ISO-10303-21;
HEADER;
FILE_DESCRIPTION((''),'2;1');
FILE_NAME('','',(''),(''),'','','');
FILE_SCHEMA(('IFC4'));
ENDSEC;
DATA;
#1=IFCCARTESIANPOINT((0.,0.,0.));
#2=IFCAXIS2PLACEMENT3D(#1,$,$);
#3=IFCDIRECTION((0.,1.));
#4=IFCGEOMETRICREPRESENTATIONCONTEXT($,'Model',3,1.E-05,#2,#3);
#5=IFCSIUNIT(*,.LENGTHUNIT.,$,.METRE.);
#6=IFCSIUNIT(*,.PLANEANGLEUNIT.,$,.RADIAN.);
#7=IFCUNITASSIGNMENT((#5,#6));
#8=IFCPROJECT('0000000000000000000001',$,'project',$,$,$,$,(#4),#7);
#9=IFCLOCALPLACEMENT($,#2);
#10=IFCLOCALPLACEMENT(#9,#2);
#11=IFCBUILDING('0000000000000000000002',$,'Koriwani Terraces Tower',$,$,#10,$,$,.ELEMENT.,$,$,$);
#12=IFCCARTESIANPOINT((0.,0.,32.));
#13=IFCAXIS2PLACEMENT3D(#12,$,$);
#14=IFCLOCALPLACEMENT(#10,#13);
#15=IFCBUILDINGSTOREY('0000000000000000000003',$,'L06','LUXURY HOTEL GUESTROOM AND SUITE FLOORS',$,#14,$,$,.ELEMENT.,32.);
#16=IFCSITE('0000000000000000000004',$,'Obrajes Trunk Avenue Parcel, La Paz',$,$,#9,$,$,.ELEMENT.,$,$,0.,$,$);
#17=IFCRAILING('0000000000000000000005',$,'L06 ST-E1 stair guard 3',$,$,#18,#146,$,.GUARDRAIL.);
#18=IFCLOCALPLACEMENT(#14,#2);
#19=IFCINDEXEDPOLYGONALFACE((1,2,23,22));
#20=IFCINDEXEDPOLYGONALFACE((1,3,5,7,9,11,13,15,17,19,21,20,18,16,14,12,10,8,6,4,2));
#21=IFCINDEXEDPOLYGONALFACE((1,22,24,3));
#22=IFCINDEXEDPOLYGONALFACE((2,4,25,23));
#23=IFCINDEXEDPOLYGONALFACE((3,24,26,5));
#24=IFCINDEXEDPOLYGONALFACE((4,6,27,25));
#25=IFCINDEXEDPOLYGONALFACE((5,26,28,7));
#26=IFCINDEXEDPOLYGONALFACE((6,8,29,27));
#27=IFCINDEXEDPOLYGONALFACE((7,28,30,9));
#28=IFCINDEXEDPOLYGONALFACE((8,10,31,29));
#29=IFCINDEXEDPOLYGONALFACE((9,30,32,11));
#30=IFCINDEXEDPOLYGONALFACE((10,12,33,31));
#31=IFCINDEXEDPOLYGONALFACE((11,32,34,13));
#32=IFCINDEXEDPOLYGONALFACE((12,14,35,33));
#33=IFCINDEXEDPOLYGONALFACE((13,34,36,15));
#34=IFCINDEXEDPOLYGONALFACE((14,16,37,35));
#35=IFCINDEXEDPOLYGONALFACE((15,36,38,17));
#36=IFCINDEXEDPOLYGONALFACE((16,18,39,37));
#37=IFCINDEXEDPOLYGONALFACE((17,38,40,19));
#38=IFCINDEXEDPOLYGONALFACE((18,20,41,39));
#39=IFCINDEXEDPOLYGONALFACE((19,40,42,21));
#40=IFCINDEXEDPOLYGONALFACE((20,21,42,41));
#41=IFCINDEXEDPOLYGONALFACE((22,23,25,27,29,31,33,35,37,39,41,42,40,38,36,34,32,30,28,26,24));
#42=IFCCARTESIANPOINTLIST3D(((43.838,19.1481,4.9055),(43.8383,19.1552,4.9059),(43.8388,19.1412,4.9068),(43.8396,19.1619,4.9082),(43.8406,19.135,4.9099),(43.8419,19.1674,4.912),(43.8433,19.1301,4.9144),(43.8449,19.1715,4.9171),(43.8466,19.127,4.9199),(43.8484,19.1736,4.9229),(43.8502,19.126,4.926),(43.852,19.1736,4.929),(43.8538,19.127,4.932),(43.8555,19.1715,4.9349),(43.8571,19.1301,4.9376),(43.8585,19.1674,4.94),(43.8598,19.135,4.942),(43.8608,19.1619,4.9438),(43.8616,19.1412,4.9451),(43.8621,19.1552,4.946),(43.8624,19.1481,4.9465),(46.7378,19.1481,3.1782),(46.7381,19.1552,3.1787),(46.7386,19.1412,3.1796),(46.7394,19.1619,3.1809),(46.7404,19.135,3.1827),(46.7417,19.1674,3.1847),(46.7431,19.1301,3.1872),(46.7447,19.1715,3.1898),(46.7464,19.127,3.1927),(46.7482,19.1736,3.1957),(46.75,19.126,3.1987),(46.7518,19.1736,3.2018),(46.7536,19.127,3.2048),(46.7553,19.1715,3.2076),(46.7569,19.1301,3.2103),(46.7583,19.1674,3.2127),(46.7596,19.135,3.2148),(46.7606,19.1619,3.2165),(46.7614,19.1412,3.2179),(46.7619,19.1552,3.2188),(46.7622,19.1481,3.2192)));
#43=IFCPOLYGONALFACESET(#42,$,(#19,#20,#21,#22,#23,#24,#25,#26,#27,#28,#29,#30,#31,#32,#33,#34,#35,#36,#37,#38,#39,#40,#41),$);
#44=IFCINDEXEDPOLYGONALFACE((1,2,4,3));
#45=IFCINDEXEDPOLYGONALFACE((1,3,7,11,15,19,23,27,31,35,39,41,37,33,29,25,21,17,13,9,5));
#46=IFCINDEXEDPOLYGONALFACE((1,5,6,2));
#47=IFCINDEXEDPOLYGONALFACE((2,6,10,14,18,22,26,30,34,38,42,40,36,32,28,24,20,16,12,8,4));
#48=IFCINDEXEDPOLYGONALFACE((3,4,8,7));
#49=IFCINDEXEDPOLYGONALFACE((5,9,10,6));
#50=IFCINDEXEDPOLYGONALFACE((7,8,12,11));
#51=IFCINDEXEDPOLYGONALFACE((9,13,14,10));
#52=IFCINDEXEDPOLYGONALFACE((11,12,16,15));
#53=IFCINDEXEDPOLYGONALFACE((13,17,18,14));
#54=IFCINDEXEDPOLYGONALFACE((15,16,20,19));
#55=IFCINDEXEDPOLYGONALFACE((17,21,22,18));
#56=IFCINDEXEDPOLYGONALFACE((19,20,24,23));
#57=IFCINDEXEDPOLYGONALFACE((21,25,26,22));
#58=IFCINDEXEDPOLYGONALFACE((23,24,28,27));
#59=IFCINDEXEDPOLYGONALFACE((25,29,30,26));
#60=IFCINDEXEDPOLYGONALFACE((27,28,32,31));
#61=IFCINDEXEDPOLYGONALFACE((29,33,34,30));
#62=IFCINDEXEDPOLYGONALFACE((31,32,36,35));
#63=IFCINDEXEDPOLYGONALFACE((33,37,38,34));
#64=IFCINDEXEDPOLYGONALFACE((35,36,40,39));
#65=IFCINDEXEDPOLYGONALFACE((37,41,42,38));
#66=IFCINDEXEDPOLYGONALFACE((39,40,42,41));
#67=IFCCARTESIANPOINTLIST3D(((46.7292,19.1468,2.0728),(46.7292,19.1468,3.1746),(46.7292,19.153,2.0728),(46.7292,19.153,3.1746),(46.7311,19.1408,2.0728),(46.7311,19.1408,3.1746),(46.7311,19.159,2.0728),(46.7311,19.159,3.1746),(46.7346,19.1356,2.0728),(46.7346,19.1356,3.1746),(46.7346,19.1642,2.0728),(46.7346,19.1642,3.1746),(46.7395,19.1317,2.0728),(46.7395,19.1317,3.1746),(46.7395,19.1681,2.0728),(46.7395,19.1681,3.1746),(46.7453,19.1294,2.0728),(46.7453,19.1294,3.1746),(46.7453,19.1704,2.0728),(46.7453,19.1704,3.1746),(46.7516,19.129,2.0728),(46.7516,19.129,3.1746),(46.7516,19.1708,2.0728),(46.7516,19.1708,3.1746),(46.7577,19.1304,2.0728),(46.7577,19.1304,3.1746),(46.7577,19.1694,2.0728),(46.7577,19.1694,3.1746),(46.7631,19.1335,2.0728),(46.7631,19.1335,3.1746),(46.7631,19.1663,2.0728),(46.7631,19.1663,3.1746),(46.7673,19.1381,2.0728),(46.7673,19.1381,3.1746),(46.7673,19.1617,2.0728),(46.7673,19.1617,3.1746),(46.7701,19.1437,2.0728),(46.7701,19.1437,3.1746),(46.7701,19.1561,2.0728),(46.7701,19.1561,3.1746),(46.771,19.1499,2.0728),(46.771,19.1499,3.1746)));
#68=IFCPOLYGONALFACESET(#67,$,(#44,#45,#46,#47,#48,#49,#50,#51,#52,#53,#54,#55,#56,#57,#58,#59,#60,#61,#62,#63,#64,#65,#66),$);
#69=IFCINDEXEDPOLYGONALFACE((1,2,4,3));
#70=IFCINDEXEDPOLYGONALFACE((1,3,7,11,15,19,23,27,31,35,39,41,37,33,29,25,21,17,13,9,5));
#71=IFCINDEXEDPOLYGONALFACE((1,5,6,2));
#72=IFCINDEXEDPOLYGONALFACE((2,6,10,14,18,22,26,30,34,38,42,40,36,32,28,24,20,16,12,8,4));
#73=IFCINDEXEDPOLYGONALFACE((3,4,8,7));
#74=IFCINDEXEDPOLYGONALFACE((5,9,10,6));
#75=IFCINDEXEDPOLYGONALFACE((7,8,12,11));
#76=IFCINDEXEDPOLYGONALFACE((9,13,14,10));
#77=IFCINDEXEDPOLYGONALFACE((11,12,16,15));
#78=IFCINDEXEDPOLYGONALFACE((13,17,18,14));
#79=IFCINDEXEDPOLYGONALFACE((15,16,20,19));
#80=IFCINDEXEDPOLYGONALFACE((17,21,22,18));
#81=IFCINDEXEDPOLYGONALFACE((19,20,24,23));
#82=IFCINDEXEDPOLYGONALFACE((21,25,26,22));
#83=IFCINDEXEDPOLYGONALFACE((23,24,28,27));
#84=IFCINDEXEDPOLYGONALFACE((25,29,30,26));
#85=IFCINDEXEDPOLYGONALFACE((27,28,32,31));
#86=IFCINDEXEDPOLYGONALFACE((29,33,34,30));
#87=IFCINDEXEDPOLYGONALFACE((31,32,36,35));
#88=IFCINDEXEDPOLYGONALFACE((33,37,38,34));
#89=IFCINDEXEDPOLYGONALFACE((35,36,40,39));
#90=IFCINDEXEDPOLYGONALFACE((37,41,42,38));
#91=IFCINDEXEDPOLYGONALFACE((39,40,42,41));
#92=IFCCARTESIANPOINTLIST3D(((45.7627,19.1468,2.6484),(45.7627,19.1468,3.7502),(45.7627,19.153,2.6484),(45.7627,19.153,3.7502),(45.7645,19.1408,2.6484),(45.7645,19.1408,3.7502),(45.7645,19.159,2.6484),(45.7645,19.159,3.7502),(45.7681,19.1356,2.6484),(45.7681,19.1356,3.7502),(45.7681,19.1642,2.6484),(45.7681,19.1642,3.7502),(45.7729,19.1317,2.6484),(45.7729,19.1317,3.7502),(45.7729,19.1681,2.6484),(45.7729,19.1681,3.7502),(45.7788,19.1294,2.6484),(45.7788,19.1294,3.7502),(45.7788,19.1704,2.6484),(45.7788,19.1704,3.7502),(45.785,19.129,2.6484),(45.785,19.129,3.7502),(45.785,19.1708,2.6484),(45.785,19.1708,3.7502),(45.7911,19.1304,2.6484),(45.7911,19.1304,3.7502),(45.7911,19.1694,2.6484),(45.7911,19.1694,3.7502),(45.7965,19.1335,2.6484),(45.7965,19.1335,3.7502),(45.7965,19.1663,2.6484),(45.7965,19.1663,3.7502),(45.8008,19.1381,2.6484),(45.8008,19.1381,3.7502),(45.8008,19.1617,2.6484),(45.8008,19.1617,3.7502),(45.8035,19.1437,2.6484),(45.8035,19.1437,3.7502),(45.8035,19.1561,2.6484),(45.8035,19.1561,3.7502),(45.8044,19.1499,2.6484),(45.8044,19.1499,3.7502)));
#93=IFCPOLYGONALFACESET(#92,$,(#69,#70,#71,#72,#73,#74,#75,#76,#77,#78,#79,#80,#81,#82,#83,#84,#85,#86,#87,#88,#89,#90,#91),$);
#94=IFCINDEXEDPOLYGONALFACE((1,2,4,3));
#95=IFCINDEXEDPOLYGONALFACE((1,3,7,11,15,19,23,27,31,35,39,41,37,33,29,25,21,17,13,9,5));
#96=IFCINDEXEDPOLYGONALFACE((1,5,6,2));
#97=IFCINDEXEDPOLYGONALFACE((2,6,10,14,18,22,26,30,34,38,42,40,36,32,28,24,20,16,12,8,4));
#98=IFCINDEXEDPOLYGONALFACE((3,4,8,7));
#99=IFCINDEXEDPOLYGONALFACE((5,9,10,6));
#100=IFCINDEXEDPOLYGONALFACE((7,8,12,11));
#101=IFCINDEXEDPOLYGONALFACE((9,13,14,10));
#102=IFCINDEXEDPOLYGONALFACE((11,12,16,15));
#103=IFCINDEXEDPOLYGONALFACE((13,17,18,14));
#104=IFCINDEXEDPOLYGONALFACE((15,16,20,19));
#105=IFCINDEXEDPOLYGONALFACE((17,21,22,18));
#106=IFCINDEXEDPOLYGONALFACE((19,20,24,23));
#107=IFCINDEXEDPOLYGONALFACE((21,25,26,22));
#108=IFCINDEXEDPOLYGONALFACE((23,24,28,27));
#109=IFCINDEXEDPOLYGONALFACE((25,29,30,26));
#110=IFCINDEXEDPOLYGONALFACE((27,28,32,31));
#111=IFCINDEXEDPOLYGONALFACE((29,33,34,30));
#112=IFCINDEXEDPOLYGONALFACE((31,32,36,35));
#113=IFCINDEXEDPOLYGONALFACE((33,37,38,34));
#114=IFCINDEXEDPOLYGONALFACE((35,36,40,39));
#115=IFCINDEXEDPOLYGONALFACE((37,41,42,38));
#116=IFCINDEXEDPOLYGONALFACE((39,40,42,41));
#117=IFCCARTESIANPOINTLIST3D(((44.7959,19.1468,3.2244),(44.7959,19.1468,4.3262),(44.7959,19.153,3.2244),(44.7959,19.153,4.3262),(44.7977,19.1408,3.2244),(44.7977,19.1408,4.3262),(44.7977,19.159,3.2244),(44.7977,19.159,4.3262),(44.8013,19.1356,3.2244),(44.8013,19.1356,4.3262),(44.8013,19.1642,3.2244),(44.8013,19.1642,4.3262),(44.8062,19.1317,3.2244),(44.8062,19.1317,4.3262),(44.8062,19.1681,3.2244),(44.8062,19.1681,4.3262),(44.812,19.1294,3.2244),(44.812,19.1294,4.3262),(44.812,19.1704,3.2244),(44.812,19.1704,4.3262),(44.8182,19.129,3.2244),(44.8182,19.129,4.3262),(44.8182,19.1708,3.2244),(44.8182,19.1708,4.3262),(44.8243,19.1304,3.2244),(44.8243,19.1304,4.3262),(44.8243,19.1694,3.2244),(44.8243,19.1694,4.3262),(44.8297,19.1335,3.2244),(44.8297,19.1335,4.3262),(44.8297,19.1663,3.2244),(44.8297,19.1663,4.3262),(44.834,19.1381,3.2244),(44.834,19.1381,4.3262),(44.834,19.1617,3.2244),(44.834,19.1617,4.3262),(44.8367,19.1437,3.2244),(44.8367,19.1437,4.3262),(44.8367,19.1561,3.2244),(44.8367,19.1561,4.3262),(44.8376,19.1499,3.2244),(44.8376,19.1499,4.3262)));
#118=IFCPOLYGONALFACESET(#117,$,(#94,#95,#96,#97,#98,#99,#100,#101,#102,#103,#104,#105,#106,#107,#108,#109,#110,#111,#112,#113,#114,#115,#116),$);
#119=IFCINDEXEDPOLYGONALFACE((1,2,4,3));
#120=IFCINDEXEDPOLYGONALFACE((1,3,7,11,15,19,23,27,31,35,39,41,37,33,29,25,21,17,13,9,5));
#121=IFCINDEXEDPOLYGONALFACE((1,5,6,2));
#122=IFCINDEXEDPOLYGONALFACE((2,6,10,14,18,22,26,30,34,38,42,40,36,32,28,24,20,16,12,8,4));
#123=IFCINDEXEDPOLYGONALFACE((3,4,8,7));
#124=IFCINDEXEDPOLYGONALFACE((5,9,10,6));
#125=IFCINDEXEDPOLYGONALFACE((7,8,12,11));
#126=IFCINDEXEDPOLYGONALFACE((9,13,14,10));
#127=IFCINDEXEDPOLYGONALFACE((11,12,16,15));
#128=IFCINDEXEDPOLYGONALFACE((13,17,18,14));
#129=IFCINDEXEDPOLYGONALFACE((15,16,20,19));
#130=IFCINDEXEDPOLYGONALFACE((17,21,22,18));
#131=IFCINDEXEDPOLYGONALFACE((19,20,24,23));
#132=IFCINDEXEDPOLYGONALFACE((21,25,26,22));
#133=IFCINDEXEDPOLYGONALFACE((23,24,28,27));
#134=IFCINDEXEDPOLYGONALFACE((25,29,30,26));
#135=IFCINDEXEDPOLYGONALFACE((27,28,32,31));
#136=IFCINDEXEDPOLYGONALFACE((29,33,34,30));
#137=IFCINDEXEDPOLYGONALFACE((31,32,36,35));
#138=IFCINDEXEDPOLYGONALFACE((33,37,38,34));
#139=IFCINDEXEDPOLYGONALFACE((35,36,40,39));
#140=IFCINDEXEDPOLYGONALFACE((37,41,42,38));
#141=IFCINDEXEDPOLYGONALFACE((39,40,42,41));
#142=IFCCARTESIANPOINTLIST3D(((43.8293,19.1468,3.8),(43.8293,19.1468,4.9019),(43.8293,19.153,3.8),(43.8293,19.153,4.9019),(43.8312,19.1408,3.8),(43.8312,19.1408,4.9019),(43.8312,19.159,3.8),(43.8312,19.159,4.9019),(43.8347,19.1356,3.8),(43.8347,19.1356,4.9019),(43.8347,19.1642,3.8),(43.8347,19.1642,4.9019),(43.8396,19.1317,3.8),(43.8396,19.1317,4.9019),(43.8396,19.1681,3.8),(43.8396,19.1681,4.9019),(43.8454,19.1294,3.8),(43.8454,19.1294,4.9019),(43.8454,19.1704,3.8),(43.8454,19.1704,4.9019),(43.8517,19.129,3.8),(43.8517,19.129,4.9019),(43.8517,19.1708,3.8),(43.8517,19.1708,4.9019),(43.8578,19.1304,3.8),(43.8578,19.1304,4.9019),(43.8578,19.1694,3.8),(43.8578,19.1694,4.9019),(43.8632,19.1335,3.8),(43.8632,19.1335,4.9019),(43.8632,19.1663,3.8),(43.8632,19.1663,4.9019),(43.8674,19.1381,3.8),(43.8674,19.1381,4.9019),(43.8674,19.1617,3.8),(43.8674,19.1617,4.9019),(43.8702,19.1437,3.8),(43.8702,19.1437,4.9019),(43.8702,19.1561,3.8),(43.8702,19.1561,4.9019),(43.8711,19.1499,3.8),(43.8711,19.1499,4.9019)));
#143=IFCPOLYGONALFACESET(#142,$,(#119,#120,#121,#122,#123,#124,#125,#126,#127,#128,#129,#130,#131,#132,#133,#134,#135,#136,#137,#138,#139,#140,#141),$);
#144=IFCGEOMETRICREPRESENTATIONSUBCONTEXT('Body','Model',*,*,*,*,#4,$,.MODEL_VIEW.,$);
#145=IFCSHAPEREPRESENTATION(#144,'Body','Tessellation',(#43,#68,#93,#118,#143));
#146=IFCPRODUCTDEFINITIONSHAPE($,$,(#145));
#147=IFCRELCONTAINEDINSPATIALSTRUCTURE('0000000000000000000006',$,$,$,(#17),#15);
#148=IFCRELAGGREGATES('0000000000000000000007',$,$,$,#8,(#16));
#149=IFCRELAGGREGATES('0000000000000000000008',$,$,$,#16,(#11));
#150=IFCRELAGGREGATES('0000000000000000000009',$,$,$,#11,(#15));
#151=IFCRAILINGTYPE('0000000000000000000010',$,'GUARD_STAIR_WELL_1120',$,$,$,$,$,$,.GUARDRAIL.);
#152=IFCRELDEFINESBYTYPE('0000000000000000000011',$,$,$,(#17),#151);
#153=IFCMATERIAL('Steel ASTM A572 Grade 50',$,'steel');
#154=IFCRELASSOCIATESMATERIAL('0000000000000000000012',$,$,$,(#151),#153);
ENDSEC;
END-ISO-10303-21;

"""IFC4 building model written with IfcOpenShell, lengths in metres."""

from ifc_helpers import new_model, si_unit, direction, frame, origin, origin_2d, place, context, subcontext, project, spatial, circle, extrude, material, type_object, element, save


model = new_model("IFC4")

# Units and contexts
model_context = context("Model", 3, precision=1e-05, world=origin(), true_north=direction((0.0, 1.0)))
body_context = subcontext(model_context, "Body", "Model", "MODEL_VIEW")
ifc_project = project(units=[si_unit("LENGTHUNIT", "METRE"), si_unit("PLANEANGLEUNIT", "RADIAN")], contexts=[model_context])

# Site, building, storey
site_placement = place(None, origin())
site = spatial("IfcSite", under=ifc_project, at=site_placement, Name="Obrajes Trunk Avenue Parcel, La Paz", CompositionType="ELEMENT", RefElevation=0.0)
building_placement = place(site_placement, origin())
building = spatial("IfcBuilding", under=site, at=building_placement, Name="Koriwani Terraces Tower", CompositionType="ELEMENT")
storey_placement = place(building_placement, frame((0.0, 0.0, 32.0)))
storey = spatial("IfcBuildingStorey", under=building, at=storey_placement, Name="L06", Description="LUXURY HOTEL GUESTROOM AND SUITE FLOORS", CompositionType="ELEMENT", Elevation=32.0)

# Shared definitions
ifc_material_1 = material(Name="Steel ASTM A572 Grade 50", Category="steel")

# Railing
railing_type_1 = type_object("IfcRailingType", Name="GUARD_STAIR_WELL_1120", PredefinedType="GUARDRAIL", material=ifc_material_1)
railing_1_placement = place(storey_placement, frame((46.75, 19.1499, 2.0728)))
element("IfcRailing", 1, at=railing_1_placement, inside=storey, type_object=railing_type_1, Name="L06 ST-E1 stair guard 3", PredefinedType="GUARDRAIL", context=body_context, shape_type="SweptSolid", body=[
    extrude(circle(Radius=0.0239, at=origin_2d()), frame((0.0, 0.0, 1.126), z_axis=(-0.859141, 0.0, 0.511738), x_axis=(0.0, -1.0, 0.0)), (0.0, 0.0, 1.0), 3.3752),
    extrude(circle(Radius=0.021, at=origin_2d()), origin(), (0.0, 0.0, 1.0), 1.1018),
    extrude(circle(Radius=0.021, at=origin_2d()), frame((-0.9666, 0.0, 0.5757)), (0.0, 0.0, 1.0), 1.1018),
    extrude(circle(Radius=0.021, at=origin_2d()), frame((-1.9333, 0.0, 1.1516)), (0.0, 0.0, 1.0), 1.1018),
    extrude(circle(Radius=0.021, at=origin_2d()), frame((-2.8999, 0.0, 1.7273)), (0.0, 0.0, 1.0), 1.1018),
])

save(model, "model.ifc")
